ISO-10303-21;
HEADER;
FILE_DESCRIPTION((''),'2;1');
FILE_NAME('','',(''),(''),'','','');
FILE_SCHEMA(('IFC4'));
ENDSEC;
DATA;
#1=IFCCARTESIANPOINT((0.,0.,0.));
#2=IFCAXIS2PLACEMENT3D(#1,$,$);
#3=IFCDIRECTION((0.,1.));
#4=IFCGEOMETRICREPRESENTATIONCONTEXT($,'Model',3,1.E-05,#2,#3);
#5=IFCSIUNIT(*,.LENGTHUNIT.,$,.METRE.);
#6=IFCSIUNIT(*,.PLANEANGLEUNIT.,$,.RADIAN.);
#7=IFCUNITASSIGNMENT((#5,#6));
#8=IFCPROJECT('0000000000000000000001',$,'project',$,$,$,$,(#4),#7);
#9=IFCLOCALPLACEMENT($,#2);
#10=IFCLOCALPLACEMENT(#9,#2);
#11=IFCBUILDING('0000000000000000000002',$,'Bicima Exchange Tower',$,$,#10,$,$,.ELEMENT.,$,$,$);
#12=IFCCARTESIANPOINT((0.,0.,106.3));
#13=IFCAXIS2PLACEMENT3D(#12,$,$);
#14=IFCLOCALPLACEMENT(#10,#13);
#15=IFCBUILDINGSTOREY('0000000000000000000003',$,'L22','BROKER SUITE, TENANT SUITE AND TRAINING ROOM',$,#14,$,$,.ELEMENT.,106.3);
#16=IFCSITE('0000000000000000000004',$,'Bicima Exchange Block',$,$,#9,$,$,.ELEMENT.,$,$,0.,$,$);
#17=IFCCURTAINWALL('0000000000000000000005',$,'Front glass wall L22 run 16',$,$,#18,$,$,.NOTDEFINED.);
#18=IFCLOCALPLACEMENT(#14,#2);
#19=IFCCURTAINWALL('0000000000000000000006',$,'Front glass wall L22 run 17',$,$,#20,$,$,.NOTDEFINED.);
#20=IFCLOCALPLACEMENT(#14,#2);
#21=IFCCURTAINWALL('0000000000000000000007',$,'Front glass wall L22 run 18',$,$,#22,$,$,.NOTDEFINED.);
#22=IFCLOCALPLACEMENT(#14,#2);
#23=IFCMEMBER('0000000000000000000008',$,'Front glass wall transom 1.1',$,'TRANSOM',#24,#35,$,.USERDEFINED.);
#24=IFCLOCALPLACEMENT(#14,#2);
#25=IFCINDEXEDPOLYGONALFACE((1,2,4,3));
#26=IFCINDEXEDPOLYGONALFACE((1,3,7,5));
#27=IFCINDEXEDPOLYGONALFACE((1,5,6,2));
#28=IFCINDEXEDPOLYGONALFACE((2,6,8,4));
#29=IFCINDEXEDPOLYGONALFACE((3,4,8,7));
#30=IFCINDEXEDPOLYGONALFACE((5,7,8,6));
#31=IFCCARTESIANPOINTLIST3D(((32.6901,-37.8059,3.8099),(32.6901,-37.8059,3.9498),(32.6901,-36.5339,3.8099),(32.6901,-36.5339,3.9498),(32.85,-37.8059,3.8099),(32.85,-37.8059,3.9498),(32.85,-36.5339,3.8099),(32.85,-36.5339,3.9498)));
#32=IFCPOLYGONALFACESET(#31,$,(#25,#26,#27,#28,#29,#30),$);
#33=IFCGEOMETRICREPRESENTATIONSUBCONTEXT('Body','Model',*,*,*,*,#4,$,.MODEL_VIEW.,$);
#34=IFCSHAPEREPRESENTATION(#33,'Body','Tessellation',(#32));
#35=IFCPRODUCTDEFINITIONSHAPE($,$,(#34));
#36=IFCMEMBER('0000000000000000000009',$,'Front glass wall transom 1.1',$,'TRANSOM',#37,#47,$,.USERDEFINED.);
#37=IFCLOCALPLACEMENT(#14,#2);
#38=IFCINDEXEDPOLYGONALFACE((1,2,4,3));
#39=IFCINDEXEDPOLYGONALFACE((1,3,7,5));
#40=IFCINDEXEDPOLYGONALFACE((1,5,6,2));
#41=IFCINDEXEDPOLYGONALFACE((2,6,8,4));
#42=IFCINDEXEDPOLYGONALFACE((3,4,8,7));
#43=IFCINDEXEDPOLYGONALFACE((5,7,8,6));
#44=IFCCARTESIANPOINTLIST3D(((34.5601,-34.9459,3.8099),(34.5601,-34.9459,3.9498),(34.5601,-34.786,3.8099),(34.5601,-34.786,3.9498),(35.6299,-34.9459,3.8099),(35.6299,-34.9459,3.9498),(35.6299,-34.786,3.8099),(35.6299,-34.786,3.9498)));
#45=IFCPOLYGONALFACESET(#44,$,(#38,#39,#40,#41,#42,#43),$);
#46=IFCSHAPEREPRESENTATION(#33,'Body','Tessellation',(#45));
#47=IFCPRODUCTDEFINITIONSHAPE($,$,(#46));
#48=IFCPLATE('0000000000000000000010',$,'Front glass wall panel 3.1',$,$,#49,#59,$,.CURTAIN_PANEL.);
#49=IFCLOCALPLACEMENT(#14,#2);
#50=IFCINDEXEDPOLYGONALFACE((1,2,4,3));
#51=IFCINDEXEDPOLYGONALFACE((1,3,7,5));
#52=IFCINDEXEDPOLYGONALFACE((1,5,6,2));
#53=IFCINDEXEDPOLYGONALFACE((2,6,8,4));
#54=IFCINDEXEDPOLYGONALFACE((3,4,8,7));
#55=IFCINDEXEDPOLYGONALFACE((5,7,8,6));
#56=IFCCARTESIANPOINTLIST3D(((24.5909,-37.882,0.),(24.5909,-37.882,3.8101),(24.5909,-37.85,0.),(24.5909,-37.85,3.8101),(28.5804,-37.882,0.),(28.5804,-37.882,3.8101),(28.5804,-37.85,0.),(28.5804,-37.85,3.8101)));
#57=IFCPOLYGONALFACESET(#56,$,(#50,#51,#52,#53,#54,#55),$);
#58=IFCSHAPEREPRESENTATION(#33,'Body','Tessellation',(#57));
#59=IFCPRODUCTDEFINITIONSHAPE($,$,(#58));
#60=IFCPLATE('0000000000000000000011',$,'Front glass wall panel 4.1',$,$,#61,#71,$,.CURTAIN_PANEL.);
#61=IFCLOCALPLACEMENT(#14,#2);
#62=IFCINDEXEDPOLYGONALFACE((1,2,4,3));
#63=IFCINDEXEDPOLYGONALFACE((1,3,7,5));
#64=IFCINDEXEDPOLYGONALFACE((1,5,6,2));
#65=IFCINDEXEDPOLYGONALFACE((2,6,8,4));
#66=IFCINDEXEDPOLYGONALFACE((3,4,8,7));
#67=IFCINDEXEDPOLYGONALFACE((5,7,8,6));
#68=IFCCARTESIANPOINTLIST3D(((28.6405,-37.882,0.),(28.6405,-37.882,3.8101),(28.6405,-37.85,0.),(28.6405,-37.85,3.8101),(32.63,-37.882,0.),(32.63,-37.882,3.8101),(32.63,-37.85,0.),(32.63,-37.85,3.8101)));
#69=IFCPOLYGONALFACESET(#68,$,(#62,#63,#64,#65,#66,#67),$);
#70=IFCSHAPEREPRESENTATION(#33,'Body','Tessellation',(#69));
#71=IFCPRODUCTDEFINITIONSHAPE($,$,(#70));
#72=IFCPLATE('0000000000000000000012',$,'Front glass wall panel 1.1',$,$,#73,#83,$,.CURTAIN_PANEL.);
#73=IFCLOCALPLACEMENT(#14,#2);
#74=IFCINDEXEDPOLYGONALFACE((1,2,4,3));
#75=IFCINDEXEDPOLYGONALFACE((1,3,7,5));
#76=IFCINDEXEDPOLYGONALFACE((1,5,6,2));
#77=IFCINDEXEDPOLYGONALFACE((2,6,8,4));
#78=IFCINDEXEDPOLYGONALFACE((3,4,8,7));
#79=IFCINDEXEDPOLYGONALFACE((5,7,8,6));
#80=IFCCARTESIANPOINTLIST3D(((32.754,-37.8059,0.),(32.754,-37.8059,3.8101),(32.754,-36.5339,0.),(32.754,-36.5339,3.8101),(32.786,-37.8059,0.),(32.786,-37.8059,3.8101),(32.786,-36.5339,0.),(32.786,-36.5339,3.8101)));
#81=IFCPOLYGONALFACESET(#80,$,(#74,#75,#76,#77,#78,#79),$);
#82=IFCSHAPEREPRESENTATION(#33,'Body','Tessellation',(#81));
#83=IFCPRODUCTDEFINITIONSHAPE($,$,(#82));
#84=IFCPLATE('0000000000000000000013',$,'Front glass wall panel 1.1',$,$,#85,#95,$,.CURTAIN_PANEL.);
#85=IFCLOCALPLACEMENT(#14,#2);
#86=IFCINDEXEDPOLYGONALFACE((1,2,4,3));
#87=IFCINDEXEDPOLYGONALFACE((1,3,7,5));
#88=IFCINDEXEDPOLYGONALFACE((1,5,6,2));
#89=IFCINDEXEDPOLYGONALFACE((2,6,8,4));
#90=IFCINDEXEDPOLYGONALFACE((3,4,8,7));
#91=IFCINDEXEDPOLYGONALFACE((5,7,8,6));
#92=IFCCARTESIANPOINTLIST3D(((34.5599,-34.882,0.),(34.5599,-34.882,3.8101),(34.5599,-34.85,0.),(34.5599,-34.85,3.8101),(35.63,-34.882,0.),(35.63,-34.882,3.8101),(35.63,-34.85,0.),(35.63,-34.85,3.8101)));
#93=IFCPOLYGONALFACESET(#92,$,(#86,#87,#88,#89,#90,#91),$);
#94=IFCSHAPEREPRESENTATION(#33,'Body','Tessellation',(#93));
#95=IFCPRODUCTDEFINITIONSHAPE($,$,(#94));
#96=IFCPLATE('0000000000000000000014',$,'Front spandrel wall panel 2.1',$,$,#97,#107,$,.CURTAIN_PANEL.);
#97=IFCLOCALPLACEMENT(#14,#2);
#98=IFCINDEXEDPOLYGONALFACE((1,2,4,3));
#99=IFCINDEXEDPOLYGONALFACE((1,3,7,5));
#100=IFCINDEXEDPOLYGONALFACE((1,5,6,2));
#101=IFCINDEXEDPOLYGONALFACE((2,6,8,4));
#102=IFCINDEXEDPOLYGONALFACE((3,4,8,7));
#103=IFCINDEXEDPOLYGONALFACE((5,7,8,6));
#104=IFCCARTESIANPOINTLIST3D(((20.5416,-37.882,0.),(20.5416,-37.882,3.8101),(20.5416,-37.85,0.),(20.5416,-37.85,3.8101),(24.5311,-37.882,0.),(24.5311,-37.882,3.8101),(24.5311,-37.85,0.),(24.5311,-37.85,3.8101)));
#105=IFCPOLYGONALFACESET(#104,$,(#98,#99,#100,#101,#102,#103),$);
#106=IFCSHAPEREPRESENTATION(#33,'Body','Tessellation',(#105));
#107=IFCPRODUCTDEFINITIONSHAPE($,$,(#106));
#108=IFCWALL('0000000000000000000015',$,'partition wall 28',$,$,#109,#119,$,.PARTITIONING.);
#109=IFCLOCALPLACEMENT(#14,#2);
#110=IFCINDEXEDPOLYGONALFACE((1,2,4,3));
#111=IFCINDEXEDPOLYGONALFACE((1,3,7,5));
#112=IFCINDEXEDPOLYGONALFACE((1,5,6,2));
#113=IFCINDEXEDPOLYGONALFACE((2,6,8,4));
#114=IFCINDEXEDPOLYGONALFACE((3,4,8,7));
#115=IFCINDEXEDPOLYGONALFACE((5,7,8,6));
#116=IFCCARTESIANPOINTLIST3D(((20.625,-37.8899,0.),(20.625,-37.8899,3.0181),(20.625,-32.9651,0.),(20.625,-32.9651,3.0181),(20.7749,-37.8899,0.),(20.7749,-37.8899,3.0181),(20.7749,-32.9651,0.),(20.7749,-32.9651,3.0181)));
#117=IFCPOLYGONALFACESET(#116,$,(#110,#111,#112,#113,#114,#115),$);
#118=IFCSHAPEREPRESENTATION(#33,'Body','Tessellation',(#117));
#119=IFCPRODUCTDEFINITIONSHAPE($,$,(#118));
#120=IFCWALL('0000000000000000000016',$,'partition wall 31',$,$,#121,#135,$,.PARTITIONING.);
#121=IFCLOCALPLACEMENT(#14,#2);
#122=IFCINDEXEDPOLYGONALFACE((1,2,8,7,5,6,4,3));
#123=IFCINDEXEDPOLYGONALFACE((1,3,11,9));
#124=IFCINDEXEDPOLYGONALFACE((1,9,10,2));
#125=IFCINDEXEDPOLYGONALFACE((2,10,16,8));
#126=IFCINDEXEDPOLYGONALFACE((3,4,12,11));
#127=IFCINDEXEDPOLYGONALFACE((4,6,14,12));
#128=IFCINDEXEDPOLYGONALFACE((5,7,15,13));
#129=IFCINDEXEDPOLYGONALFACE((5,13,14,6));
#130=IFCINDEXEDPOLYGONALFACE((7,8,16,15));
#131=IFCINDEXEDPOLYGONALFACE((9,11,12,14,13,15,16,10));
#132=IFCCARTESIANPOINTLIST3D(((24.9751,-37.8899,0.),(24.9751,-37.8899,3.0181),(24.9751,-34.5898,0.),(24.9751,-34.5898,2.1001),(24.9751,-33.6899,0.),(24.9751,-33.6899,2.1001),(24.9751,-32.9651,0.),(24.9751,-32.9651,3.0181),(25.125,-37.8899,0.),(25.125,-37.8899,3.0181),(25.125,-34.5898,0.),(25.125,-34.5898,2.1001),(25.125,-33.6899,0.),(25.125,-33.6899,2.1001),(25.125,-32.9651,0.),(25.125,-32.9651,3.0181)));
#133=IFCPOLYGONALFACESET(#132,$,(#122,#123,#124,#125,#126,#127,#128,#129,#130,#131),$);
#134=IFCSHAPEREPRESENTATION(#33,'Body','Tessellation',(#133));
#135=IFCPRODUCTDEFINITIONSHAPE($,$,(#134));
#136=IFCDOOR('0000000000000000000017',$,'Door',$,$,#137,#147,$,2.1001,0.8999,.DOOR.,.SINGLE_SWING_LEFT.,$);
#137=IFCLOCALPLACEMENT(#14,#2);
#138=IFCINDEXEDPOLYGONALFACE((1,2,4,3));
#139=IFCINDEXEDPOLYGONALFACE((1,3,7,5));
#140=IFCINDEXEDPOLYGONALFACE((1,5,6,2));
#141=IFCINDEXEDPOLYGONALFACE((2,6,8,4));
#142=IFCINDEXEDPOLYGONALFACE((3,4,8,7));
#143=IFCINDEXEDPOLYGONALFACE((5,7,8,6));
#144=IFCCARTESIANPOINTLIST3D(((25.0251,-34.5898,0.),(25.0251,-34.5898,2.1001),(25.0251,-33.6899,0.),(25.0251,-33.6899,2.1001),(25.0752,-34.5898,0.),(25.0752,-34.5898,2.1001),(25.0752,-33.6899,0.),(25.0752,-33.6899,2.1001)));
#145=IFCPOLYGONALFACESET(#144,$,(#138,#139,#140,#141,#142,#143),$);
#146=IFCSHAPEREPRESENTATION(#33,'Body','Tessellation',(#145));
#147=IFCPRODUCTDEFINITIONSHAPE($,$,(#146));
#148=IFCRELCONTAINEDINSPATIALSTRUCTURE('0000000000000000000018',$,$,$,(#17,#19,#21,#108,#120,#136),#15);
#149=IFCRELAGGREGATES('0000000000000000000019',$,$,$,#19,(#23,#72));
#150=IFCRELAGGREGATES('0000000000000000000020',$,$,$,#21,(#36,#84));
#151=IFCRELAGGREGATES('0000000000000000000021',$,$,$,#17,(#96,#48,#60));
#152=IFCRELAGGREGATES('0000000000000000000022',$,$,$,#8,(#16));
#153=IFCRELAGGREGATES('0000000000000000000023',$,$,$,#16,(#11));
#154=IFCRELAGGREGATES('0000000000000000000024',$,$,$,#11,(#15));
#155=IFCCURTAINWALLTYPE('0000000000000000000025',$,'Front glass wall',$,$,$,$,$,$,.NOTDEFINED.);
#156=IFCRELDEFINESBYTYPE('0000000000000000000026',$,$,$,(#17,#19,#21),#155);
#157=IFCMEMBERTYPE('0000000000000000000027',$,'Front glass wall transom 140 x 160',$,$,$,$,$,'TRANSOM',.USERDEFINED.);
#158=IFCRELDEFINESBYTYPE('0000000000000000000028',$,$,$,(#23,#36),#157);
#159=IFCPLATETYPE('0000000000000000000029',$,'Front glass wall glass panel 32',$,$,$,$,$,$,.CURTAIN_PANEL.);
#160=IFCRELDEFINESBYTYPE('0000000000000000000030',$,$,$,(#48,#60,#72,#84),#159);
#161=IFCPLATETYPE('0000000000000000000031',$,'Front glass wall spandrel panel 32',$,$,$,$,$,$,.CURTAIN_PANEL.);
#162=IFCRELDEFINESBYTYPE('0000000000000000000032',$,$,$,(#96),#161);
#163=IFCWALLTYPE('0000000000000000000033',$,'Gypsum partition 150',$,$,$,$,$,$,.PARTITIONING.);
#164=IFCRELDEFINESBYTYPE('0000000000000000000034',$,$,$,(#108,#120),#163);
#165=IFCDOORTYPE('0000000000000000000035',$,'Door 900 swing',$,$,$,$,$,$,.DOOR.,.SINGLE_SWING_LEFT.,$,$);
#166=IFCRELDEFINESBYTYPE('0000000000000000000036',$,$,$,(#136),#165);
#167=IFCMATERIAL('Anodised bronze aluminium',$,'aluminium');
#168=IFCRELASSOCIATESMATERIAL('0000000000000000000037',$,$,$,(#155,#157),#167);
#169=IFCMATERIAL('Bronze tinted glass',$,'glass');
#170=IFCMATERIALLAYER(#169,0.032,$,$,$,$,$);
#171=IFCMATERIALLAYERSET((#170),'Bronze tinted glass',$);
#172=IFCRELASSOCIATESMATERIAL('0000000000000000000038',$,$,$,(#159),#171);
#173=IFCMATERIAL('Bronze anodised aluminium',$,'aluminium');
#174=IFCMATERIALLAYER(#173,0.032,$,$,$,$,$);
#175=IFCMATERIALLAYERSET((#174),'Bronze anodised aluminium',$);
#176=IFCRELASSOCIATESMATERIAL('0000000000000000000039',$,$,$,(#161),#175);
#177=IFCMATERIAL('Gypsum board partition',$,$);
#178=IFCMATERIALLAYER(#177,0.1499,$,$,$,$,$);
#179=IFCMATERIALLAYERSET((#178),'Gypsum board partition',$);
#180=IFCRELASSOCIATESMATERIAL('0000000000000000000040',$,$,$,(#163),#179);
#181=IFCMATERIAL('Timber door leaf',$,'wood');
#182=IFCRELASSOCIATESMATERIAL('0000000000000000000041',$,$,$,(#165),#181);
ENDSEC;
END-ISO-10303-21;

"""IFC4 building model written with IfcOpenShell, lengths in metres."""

from ifc_helpers import new_model, si_unit, direction, frame, frame_2d, origin, origin_2d, place, context, subcontext, project, spatial, rectangle, extrude, material, layer, layer_set, material_profile, profile_set, type_object, element, fill, aggregate, save


model = new_model("IFC4")

# Units and contexts
model_context = context("Model", 3, precision=1e-05, world=origin(), true_north=direction((0.0, 1.0)))
body_context = subcontext(model_context, "Body", "Model", "MODEL_VIEW")
ifc_project = project(units=[si_unit("LENGTHUNIT", "METRE"), si_unit("PLANEANGLEUNIT", "RADIAN")], contexts=[model_context])

# Site, building, storey
site_placement = place(None, origin())
site = spatial("IfcSite", under=ifc_project, at=site_placement, Name="Bicima Exchange Block", CompositionType="ELEMENT", RefElevation=0.0)
building_placement = place(site_placement, origin())
building = spatial("IfcBuilding", under=site, at=building_placement, Name="Bicima Exchange Tower", CompositionType="ELEMENT")
storey_placement = place(building_placement, frame((0.0, 0.0, 106.3)))
storey = spatial("IfcBuildingStorey", under=building, at=storey_placement, Name="L22", Description="BROKER SUITE, TENANT SUITE AND TRAINING ROOM", CompositionType="ELEMENT", Elevation=106.3)

# Curtain walls
ifc_material_1 = material(Name="Anodised bronze aluminium", Category="aluminium")
curtain_wall_type = type_object("IfcCurtainWallType", Name="Front glass wall", PredefinedType="NOTDEFINED", material=ifc_material_1)
curtain_wall_1_placement = place(storey_placement, origin())
curtain_wall_1 = element("IfcCurtainWall", 1, at=curtain_wall_1_placement, inside=storey, type_object=curtain_wall_type, Name="Front glass wall L22 run 16", PredefinedType="NOTDEFINED")
curtain_wall_2_placement = place(storey_placement, origin())
curtain_wall_2 = element("IfcCurtainWall", 2, at=curtain_wall_2_placement, inside=storey, type_object=curtain_wall_type, Name="Front glass wall L22 run 17", PredefinedType="NOTDEFINED")
curtain_wall_3_placement = place(storey_placement, origin())
curtain_wall_3 = element("IfcCurtainWall", 3, at=curtain_wall_3_placement, inside=storey, type_object=curtain_wall_type, Name="Front glass wall L22 run 18", PredefinedType="NOTDEFINED")

# Members
ifc_material_profile_1 = material_profile(ifc_material_1, rectangle(XDim=0.1599, YDim=0.1399, at=origin_2d()))
ifc_profile_set_1 = profile_set([ifc_material_profile_1], Name="Anodised bronze aluminium")
member_type_1 = type_object("IfcMemberType", Name="Front glass wall transom 140 x 160", ElementType="TRANSOM", PredefinedType="USERDEFINED", material=ifc_profile_set_1)
member_1_placement = place(storey_placement, frame((32.77, -37.8059, 3.8799), z_axis=(0.0, 1.0, 0.0), x_axis=(-1.0, 0.0, 0.0)))
member_1 = element("IfcMember", 4, at=member_1_placement, type_object=member_type_1, Name="Front glass wall transom 1.1", ObjectType="TRANSOM", PredefinedType="USERDEFINED", context=body_context, shape_type="SweptSolid", body=[
    extrude(rectangle(XDim=0.1599, YDim=0.1399, at=origin_2d()), origin(), (0.0, 0.0, 1.0), 1.272),
])
member_2_placement = place(storey_placement, frame((34.5601, -34.866, 3.8799), z_axis=(1.0, 0.0, 0.0), x_axis=(0.0, 1.0, 0.0)))
member_2 = element("IfcMember", 5, at=member_2_placement, type_object=member_type_1, Name="Front glass wall transom 1.1", ObjectType="TRANSOM", PredefinedType="USERDEFINED", context=body_context, shape_type="SweptSolid", body=[
    extrude(rectangle(XDim=0.1599, YDim=0.1399, at=origin_2d()), origin(), (0.0, 0.0, 1.0), 1.0698),
])

# Plates
ifc_material_2 = material(Name="Bronze tinted glass", Category="glass")
ifc_layer_1 = layer(ifc_material_2, 0.032)
ifc_layer_set_1 = layer_set([ifc_layer_1], Name="Bronze tinted glass")
plate_type_1 = type_object("IfcPlateType", Name="Front glass wall glass panel 32", PredefinedType="CURTAIN_PANEL", material=ifc_layer_set_1)
plate_1_placement = place(storey_placement, frame((26.5857, -37.866, 0.0), z_axis=(0.0, 0.0, 1.0), x_axis=(1.0, 0.0, 0.0)))
plate_1 = element("IfcPlate", 6, at=plate_1_placement, type_object=plate_type_1, Name="Front glass wall panel 3.1", PredefinedType="CURTAIN_PANEL", context=body_context, shape_type="SweptSolid", body=[
    extrude(rectangle(XDim=3.9895, YDim=0.032, at=origin_2d()), origin(), (0.0, 0.0, 1.0), 3.8101),
])
plate_2_placement = place(storey_placement, frame((30.6353, -37.866, 0.0), z_axis=(0.0, 0.0, 1.0), x_axis=(1.0, 0.0, 0.0)))
plate_2 = element("IfcPlate", 7, at=plate_2_placement, type_object=plate_type_1, Name="Front glass wall panel 4.1", PredefinedType="CURTAIN_PANEL", context=body_context, shape_type="SweptSolid", body=[
    extrude(rectangle(XDim=3.9895, YDim=0.032, at=origin_2d()), origin(), (0.0, 0.0, 1.0), 3.8101),
])
plate_3_placement = place(storey_placement, frame((32.77, -37.1699, 0.0), z_axis=(0.0, 0.0, 1.0), x_axis=(0.0, 1.0, 0.0)))
plate_3 = element("IfcPlate", 8, at=plate_3_placement, type_object=plate_type_1, Name="Front glass wall panel 1.1", PredefinedType="CURTAIN_PANEL", context=body_context, shape_type="SweptSolid", body=[
    extrude(rectangle(XDim=1.272, YDim=0.032, at=origin_2d()), origin(), (0.0, 0.0, 1.0), 3.8101),
])
aggregate(curtain_wall_2, [member_1, plate_3])
plate_4_placement = place(storey_placement, frame((35.095, -34.866, 0.0), z_axis=(0.0, 0.0, 1.0), x_axis=(1.0, 0.0, 0.0)))
plate_4 = element("IfcPlate", 9, at=plate_4_placement, type_object=plate_type_1, Name="Front glass wall panel 1.1", PredefinedType="CURTAIN_PANEL", context=body_context, shape_type="SweptSolid", body=[
    extrude(rectangle(XDim=1.0701, YDim=0.032, at=origin_2d()), origin(), (0.0, 0.0, 1.0), 3.8101),
])
aggregate(curtain_wall_3, [member_2, plate_4])
ifc_material_3 = material(Name="Bronze anodised aluminium", Category="aluminium")
ifc_layer_2 = layer(ifc_material_3, 0.032)
ifc_layer_set_2 = layer_set([ifc_layer_2], Name="Bronze anodised aluminium")
plate_type_2 = type_object("IfcPlateType", Name="Front glass wall spandrel panel 32", PredefinedType="CURTAIN_PANEL", material=ifc_layer_set_2)
plate_5_placement = place(storey_placement, frame((22.5364, -37.866, 0.0), z_axis=(0.0, 0.0, 1.0), x_axis=(1.0, 0.0, 0.0)))
plate_5 = element("IfcPlate", 10, at=plate_5_placement, type_object=plate_type_2, Name="Front spandrel wall panel 2.1", PredefinedType="CURTAIN_PANEL", context=body_context, shape_type="SweptSolid", body=[
    extrude(rectangle(XDim=3.9895, YDim=0.032, at=origin_2d()), origin(), (0.0, 0.0, 1.0), 3.8101),
])
aggregate(curtain_wall_1, [plate_5, plate_1, plate_2])

# Wall
ifc_material_4 = material(Name="Gypsum board partition")
ifc_layer_3 = layer(ifc_material_4, 0.1499)
ifc_layer_set_3 = layer_set([ifc_layer_3], Name="Gypsum board partition")
wall_type = type_object("IfcWallType", Name="Gypsum partition 150", PredefinedType="PARTITIONING", material=ifc_layer_set_3)
wall_1_placement = place(storey_placement, frame((20.7, -37.8899, 0.0), z_axis=(0.0, 0.0, 1.0), x_axis=(0.0, 1.0, 0.0)))
element("IfcWall", 11, at=wall_1_placement, inside=storey, type_object=wall_type, Name="partition wall 28", PredefinedType="PARTITIONING", context=body_context, shape_type="SweptSolid", body=[
    extrude(rectangle(XDim=4.9248, YDim=0.1499, at=frame_2d((2.4624, 0.0))), origin(), (0.0, 0.0, 1.0), 3.0181),
])

# Wall, opening, door
wall_2_placement = place(storey_placement, frame((25.05, -37.8899, 0.0), z_axis=(0.0, 0.0, 1.0), x_axis=(0.0, 1.0, 0.0)))
wall_2 = element("IfcWall", 12, at=wall_2_placement, inside=storey, type_object=wall_type, Name="partition wall 31", PredefinedType="PARTITIONING", context=body_context, shape_type="SweptSolid", body=[
    extrude(rectangle(XDim=4.9248, YDim=0.1499, at=frame_2d((2.4624, 0.0))), origin(), (0.0, 0.0, 1.0), 3.0181),
])
opening_placement = place(wall_2_placement, frame((3.3, 0.0, 0.0)))
opening = element("IfcOpeningElement", 13, at=opening_placement, cuts=wall_2, PredefinedType="OPENING", context=body_context, shape_type="SweptSolid", body=[
    extrude(rectangle(XDim=0.8999, YDim=2.1001, at=frame_2d((0.45, 1.05))), frame((0.0, 0.0869, 0.0), z_axis=(0.0, -1.0, 0.0), x_axis=(1.0, 0.0, 0.0)), (0.0, 0.0, 1.0), 0.1738),
])
ifc_material_5 = material(Name="Timber door leaf", Category="wood")
door_type = type_object("IfcDoorType", Name="Door 900 swing", OperationType="SINGLE_SWING_LEFT", PredefinedType="DOOR", material=ifc_material_5)
door_placement = place(opening_placement, origin())
door = element("IfcDoor", 14, at=door_placement, inside=storey, type_object=door_type, Name="Door", OperationType="SINGLE_SWING_LEFT", OverallHeight=2.1001, OverallWidth=0.8999, PredefinedType="DOOR", context=body_context, shape_type="SweptSolid", body=[
    extrude(rectangle(XDim=0.8999, YDim=2.1001, at=frame_2d((0.45, 1.05))), frame((0.0, 0.0249, 0.0), z_axis=(0.0, -1.0, 0.0), x_axis=(1.0, 0.0, 0.0)), (0.0, 0.0, 1.0), 0.05),
])
fill(opening, door)

save(model, "model.ifc")
